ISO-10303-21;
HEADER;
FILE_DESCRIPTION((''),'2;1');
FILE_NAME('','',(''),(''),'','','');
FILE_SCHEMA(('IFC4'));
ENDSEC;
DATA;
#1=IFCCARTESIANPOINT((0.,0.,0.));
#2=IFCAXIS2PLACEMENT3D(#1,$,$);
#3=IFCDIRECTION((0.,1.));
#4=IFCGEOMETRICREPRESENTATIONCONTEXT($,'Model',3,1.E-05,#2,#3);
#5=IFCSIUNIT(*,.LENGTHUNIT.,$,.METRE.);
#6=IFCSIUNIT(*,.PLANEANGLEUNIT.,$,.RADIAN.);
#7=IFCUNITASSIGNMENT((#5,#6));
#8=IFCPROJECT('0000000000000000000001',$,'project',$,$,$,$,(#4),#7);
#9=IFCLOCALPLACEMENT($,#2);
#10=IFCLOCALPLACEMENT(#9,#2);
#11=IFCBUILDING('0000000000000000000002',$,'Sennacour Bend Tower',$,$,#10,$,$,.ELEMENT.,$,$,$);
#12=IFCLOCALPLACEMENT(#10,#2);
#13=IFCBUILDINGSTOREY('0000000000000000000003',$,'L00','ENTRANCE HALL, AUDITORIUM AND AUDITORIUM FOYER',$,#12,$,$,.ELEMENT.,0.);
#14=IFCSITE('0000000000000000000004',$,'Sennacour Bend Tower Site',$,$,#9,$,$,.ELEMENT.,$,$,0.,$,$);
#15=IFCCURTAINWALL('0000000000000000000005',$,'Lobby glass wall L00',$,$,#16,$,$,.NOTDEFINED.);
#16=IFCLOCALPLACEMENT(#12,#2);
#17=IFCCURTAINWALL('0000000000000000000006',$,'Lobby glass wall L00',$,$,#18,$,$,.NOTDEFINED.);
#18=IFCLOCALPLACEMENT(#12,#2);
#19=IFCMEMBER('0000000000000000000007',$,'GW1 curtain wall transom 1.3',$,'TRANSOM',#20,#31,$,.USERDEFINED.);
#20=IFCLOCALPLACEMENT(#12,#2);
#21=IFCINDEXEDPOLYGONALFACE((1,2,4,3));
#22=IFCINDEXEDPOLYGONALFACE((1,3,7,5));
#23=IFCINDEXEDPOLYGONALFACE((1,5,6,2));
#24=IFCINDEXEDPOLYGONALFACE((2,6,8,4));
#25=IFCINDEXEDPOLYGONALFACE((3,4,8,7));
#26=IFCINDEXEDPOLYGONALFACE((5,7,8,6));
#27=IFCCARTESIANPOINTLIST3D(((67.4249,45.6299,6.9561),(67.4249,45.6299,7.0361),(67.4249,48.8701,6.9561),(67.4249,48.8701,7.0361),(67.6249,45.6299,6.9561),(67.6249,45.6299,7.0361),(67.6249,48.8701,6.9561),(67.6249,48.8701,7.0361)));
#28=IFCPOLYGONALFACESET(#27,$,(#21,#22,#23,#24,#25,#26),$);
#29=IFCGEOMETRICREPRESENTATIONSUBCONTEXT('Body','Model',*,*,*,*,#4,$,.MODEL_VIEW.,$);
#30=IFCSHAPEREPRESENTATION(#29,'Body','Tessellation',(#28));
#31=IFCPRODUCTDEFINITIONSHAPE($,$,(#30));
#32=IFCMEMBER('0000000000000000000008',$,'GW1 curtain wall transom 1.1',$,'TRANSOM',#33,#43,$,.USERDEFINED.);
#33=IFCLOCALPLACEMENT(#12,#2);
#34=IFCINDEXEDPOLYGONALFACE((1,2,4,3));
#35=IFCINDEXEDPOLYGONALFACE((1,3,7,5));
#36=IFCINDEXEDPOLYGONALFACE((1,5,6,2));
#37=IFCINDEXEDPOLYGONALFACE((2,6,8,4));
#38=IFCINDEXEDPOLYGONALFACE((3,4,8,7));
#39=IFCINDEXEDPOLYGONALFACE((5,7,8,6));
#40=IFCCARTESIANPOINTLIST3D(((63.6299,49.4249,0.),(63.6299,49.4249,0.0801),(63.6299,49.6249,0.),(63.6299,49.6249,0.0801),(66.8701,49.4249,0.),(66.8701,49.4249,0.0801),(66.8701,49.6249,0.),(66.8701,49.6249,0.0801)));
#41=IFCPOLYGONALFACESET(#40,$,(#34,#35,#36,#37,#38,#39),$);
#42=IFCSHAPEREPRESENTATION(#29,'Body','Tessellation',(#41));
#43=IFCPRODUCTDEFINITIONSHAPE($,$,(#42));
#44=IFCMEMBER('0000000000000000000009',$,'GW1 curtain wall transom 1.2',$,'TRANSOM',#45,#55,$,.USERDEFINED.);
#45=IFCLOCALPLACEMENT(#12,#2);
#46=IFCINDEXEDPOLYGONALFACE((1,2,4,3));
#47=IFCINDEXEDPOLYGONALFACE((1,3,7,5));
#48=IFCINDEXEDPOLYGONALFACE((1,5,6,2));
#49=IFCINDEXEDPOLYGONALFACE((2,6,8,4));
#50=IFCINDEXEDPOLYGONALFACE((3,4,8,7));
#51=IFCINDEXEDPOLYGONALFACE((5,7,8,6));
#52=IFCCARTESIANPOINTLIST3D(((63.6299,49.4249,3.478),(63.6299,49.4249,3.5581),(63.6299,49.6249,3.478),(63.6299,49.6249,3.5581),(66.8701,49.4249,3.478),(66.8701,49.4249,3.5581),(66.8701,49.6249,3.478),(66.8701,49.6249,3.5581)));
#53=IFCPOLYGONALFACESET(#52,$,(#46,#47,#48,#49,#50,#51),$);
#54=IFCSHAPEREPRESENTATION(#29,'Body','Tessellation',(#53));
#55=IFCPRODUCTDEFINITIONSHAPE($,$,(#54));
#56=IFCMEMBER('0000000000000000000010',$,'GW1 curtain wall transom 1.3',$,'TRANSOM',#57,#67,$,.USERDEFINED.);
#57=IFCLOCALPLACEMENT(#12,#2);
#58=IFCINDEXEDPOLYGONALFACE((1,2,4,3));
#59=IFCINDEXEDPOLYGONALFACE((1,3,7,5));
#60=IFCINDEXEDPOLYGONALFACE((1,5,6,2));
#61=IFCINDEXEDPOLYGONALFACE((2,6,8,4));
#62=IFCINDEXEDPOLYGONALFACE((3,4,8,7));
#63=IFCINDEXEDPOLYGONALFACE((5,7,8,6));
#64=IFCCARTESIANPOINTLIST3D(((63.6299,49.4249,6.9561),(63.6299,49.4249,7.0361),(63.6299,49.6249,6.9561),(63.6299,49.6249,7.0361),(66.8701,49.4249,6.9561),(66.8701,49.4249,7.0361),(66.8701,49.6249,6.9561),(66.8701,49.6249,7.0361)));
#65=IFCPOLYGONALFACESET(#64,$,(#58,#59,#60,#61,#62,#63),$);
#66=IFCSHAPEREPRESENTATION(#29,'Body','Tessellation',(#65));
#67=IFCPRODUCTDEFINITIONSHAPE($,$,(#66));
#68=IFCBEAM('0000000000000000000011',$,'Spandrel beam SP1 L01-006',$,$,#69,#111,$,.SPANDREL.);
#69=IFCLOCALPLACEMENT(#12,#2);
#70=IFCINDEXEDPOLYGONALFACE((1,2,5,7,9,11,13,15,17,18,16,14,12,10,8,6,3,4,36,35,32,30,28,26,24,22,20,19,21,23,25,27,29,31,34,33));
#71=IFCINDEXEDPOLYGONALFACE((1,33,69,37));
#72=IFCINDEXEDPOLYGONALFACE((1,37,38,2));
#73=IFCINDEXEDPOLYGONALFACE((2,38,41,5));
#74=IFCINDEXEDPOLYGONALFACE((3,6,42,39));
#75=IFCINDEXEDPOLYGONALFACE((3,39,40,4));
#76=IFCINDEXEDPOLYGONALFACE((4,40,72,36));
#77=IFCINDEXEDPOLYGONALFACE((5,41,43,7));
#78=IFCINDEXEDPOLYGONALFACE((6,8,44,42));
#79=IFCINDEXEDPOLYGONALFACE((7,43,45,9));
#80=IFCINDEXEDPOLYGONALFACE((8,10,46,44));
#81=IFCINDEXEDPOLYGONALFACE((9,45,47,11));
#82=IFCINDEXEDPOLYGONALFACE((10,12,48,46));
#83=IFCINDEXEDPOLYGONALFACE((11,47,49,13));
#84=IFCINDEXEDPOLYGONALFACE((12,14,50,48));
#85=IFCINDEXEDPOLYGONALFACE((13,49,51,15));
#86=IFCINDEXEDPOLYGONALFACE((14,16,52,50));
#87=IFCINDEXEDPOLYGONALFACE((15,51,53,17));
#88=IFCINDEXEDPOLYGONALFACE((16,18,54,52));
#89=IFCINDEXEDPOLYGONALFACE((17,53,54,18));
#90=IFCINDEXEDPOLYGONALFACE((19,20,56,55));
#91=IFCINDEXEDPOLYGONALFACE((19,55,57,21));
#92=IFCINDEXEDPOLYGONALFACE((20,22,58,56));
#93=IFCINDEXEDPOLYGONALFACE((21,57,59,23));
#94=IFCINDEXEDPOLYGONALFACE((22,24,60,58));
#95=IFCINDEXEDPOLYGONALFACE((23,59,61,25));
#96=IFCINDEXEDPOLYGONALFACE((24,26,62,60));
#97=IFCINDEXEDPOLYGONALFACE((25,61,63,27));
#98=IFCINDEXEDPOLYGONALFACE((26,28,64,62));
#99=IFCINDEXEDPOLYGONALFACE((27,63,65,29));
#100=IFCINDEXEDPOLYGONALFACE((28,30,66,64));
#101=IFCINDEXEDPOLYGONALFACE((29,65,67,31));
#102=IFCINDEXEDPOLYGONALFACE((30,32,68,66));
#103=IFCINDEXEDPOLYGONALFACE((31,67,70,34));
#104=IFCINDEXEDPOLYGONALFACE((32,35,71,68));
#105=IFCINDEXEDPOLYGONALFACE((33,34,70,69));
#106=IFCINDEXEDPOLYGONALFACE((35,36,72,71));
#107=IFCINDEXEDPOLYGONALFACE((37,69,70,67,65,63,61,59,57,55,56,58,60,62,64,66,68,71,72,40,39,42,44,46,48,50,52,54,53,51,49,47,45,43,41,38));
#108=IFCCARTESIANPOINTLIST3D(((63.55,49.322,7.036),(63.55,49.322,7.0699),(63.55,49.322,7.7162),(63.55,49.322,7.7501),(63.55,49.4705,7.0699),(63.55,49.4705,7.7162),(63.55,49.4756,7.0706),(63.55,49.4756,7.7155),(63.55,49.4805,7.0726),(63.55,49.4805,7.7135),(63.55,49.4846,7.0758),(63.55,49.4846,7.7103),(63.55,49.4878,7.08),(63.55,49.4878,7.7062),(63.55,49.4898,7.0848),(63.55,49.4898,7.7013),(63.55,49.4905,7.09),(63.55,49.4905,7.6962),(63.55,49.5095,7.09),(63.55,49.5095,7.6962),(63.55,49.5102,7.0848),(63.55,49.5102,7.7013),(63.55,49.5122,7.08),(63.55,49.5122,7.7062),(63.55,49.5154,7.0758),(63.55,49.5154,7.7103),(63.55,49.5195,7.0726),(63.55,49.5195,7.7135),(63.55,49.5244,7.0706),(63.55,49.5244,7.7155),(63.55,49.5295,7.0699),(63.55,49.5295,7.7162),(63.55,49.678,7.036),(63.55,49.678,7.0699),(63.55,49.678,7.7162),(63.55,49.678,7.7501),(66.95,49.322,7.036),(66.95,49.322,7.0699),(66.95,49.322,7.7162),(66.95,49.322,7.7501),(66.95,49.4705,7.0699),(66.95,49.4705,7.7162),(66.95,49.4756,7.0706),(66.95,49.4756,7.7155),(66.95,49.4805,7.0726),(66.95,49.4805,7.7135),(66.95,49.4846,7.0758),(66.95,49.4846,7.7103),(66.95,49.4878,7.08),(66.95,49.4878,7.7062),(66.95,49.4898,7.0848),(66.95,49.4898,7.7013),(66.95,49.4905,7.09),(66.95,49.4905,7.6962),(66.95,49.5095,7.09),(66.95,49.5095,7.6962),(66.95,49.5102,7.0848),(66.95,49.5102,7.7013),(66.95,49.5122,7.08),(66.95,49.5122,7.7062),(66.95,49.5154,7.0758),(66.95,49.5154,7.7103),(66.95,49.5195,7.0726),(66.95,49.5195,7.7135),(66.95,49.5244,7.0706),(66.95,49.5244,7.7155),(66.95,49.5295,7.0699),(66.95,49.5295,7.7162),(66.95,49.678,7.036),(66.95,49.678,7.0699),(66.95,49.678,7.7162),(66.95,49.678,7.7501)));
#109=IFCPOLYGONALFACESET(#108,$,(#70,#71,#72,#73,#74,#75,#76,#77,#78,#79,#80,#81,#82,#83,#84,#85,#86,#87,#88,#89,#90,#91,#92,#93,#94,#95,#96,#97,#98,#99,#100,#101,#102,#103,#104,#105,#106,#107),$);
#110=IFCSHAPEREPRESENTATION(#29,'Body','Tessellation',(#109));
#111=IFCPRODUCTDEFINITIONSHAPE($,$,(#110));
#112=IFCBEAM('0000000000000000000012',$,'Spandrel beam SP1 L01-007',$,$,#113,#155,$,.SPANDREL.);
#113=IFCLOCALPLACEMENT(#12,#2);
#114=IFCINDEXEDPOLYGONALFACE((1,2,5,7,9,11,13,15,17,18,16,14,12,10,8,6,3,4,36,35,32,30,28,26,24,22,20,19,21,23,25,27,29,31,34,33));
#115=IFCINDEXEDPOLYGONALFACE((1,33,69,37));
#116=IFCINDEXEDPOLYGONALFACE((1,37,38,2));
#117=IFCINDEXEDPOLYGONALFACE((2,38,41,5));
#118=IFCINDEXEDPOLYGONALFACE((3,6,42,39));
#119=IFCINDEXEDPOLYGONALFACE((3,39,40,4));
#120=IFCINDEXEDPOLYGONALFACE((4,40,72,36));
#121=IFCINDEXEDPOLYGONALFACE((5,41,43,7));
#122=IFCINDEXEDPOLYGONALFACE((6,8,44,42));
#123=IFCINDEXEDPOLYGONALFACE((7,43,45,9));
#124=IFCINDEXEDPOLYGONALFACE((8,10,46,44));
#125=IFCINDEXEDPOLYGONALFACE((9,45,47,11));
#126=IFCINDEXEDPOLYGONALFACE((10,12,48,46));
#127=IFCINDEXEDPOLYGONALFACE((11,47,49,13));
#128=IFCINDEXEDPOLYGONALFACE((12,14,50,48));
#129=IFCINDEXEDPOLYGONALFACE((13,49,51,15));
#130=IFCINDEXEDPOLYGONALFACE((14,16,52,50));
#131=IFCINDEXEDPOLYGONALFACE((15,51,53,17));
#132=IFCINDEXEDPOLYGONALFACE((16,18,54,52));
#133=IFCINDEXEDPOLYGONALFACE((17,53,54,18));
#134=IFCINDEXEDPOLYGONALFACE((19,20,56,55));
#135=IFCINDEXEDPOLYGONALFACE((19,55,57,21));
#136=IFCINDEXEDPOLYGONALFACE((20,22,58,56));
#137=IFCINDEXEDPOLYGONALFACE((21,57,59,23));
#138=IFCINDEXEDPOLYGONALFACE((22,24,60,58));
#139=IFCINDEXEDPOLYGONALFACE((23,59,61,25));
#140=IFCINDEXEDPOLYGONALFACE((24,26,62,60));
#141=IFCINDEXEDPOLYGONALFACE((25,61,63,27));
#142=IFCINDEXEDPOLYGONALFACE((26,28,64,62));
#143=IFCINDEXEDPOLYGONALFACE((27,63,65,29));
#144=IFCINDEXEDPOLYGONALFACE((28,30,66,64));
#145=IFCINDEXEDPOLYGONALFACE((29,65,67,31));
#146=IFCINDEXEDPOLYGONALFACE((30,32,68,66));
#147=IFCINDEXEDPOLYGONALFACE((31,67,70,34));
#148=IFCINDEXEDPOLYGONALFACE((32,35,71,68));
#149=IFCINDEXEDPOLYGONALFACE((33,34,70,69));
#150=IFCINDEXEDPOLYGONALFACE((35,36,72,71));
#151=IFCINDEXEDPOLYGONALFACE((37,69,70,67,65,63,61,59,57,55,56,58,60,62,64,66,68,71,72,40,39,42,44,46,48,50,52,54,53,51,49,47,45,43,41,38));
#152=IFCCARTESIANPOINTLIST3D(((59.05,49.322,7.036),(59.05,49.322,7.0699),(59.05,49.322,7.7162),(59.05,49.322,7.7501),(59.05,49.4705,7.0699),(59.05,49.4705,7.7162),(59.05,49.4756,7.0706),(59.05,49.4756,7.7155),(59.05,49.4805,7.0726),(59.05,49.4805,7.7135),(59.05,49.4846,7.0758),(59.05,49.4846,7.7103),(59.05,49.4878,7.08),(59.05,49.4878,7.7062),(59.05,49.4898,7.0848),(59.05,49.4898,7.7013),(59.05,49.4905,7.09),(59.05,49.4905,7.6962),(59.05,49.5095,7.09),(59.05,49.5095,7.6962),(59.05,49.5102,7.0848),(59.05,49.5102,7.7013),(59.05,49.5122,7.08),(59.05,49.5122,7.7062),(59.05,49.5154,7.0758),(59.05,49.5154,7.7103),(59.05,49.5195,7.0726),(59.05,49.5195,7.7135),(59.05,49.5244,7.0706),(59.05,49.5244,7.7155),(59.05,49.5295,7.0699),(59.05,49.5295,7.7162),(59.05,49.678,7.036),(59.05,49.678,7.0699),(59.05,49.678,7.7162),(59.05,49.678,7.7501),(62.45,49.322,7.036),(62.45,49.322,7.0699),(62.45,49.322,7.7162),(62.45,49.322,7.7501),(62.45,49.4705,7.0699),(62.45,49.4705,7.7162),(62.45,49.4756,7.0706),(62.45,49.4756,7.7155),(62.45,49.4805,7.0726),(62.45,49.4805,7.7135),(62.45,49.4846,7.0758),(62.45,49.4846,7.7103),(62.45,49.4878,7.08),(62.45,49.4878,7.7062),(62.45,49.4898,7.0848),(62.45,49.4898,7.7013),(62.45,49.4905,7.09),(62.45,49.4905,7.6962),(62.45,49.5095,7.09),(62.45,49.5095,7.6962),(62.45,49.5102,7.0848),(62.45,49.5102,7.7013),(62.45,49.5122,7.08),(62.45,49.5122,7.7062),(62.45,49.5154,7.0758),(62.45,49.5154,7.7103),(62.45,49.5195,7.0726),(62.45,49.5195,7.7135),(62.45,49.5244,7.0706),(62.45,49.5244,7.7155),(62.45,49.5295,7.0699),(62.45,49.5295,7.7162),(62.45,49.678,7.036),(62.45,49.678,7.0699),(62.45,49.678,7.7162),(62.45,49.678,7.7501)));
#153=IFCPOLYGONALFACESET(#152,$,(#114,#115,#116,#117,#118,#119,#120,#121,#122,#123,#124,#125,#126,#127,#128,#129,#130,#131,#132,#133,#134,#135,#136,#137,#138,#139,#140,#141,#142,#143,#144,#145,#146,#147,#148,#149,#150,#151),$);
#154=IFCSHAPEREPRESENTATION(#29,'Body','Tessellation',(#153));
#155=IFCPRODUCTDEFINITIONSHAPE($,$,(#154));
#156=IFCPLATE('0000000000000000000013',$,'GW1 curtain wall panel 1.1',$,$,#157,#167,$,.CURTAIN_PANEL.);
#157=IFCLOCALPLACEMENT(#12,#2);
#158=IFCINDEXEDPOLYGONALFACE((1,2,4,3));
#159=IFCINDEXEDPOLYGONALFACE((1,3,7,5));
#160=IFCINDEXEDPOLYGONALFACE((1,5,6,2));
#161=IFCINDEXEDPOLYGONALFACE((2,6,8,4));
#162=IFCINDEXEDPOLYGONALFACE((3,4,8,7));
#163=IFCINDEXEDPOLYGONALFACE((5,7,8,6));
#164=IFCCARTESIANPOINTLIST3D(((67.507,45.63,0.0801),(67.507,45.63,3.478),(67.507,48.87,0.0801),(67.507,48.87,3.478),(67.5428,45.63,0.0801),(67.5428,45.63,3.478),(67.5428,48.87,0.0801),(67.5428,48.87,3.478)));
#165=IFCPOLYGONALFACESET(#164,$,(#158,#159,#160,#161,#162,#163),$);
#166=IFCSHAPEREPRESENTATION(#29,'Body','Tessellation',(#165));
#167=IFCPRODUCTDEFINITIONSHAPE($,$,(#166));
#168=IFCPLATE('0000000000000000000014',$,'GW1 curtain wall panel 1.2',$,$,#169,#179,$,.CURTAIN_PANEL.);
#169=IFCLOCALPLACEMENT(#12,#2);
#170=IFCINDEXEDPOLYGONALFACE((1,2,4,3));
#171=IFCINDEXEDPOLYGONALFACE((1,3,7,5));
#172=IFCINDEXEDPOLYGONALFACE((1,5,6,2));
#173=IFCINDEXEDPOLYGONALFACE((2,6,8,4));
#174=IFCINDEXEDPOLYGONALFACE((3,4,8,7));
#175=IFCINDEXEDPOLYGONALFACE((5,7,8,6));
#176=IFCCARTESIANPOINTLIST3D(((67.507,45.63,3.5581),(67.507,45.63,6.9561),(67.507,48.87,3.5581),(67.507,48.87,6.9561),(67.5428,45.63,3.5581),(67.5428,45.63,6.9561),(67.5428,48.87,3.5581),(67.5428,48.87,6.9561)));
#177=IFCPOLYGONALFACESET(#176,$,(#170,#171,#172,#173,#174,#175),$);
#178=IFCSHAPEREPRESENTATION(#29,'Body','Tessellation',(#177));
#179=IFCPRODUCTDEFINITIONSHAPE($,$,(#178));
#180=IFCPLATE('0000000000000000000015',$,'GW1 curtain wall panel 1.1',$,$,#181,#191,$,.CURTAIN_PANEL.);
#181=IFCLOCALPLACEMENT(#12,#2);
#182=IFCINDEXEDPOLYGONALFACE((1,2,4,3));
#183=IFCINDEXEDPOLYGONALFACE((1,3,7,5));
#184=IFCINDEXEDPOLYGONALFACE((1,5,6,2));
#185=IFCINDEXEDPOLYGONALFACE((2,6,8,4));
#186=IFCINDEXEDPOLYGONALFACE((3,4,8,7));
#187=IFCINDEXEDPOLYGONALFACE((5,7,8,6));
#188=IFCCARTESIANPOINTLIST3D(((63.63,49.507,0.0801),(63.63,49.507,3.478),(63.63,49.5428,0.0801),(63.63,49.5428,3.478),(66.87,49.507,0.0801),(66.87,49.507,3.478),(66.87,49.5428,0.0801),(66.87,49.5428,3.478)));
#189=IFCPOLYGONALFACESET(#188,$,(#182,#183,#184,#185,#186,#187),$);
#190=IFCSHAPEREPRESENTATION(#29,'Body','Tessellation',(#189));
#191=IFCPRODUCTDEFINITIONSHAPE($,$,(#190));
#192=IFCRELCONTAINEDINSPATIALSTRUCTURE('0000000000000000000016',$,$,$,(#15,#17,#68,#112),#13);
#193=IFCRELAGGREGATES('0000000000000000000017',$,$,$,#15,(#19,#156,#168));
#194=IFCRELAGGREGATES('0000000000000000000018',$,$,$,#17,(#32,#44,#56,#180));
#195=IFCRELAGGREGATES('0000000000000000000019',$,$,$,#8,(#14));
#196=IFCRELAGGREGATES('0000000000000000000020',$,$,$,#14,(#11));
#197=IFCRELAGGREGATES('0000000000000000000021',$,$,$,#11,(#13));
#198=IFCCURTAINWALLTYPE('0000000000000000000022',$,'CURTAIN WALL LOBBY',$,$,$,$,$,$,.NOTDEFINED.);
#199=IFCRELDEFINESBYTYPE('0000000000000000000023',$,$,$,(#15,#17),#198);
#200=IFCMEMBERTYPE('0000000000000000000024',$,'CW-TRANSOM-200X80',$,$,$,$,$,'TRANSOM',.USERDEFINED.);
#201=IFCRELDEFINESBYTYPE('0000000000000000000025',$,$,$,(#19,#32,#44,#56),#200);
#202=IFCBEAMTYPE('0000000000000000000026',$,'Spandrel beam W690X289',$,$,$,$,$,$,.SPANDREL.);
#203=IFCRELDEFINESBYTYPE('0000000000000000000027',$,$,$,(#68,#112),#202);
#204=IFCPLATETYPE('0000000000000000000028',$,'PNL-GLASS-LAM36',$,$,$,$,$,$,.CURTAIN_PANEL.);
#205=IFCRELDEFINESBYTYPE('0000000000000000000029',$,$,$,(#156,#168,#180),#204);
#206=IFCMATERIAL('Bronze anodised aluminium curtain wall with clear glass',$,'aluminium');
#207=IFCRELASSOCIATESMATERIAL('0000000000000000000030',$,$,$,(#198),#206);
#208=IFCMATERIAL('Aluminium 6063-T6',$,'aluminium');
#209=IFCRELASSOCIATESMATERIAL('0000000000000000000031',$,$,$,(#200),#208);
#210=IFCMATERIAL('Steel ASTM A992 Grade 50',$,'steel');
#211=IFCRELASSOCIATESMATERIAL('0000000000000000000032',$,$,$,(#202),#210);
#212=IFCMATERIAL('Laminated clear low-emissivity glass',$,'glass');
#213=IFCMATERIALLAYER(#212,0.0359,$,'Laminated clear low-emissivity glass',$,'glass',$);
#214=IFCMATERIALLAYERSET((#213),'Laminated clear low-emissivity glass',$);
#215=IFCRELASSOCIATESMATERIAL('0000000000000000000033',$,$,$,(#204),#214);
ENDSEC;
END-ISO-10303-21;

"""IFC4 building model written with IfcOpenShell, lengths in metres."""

from ifc_helpers import new_model, si_unit, direction, frame, origin, origin_2d, place, context, subcontext, project, spatial, rectangle, i_section, extrude, material, layer, layer_set, material_profile, profile_set, type_object, element, aggregate, save


model = new_model("IFC4")

# Units and contexts
model_context = context("Model", 3, precision=1e-05, world=origin(), true_north=direction((0.0, 1.0)))
body_context = subcontext(model_context, "Body", "Model", "MODEL_VIEW")
ifc_project = project(units=[si_unit("LENGTHUNIT", "METRE"), si_unit("PLANEANGLEUNIT", "RADIAN")], contexts=[model_context])

# Site, building, storey
site_placement = place(None, origin())
site = spatial("IfcSite", under=ifc_project, at=site_placement, Name="Sennacour Bend Tower Site", CompositionType="ELEMENT", RefElevation=0.0)
building_placement = place(site_placement, origin())
building = spatial("IfcBuilding", under=site, at=building_placement, Name="Sennacour Bend Tower", CompositionType="ELEMENT")
storey_placement = place(building_placement, origin())
storey = spatial("IfcBuildingStorey", under=building, at=storey_placement, Name="L00", Description="ENTRANCE HALL, AUDITORIUM AND AUDITORIUM FOYER", CompositionType="ELEMENT", Elevation=0.0)

# Curtain wall
ifc_material_1 = material(Name="Bronze anodised aluminium curtain wall with clear glass", Category="aluminium")
curtain_wall_type = type_object("IfcCurtainWallType", Name="CURTAIN WALL LOBBY", PredefinedType="NOTDEFINED", material=ifc_material_1)
curtain_wall_1_placement = place(storey_placement, origin())
curtain_wall_1 = element("IfcCurtainWall", 1, at=curtain_wall_1_placement, inside=storey, type_object=curtain_wall_type, Name="Lobby glass wall L00", PredefinedType="NOTDEFINED")
ifc_material_2 = material(Name="Aluminium 6063-T6", Category="aluminium")

# Curtain wall
curtain_wall_2_placement = place(storey_placement, origin())
curtain_wall_2 = element("IfcCurtainWall", 2, at=curtain_wall_2_placement, inside=storey, type_object=curtain_wall_type, Name="Lobby glass wall L00", PredefinedType="NOTDEFINED")

# Members
ifc_material_profile_1 = material_profile(ifc_material_2, rectangle(XDim=0.2, YDim=0.0801, at=origin_2d()), Name="Aluminium 6063-T6", Category="aluminium")
ifc_profile_set_1 = profile_set([ifc_material_profile_1], Name="Aluminium 6063-T6")
member_type_1 = type_object("IfcMemberType", Name="CW-TRANSOM-200X80", ElementType="TRANSOM", PredefinedType="USERDEFINED", material=ifc_profile_set_1)
member_1_placement = place(storey_placement, frame((67.5249, 45.6299, 6.9961), z_axis=(0.0, 1.0, 0.0), x_axis=(-1.0, 0.0, 0.0)))
member_1 = element("IfcMember", 3, at=member_1_placement, type_object=member_type_1, Name="GW1 curtain wall transom 1.3", ObjectType="TRANSOM", PredefinedType="USERDEFINED", context=body_context, shape_type="SweptSolid", body=[
    extrude(rectangle(XDim=0.2, YDim=0.0801, at=origin_2d()), origin(), (0.0, 0.0, 1.0), 3.2402),
])
member_2_placement = place(storey_placement, frame((66.8701, 49.5249, 0.04), z_axis=(-1.0, 0.0, 0.0), x_axis=(0.0, -1.0, 0.0)))
member_2 = element("IfcMember", 4, at=member_2_placement, type_object=member_type_1, Name="GW1 curtain wall transom 1.1", ObjectType="TRANSOM", PredefinedType="USERDEFINED", context=body_context, shape_type="SweptSolid", body=[
    extrude(rectangle(XDim=0.2, YDim=0.0801, at=origin_2d()), origin(), (0.0, 0.0, 1.0), 3.2402),
])
member_3_placement = place(storey_placement, frame((66.8701, 49.5249, 3.5181), z_axis=(-1.0, 0.0, 0.0), x_axis=(0.0, -1.0, 0.0)))
member_3 = element("IfcMember", 5, at=member_3_placement, type_object=member_type_1, Name="GW1 curtain wall transom 1.2", ObjectType="TRANSOM", PredefinedType="USERDEFINED", context=body_context, shape_type="SweptSolid", body=[
    extrude(rectangle(XDim=0.2, YDim=0.0801, at=origin_2d()), origin(), (0.0, 0.0, 1.0), 3.2402),
])
member_4_placement = place(storey_placement, frame((66.8701, 49.5249, 6.9961), z_axis=(-1.0, 0.0, 0.0), x_axis=(0.0, -1.0, 0.0)))
member_4 = element("IfcMember", 6, at=member_4_placement, type_object=member_type_1, Name="GW1 curtain wall transom 1.3", ObjectType="TRANSOM", PredefinedType="USERDEFINED", context=body_context, shape_type="SweptSolid", body=[
    extrude(rectangle(XDim=0.2, YDim=0.0801, at=origin_2d()), origin(), (0.0, 0.0, 1.0), 3.2402),
])

# Beams
ifc_material_3 = material(Name="Steel ASTM A992 Grade 50", Category="steel")
ifc_material_profile_2 = material_profile(ifc_material_3, i_section(OverallWidth=0.356, OverallDepth=0.7141, WebThickness=0.019, FlangeThickness=0.0339, FilletRadius=0.02, at=origin_2d()), Name="Steel ASTM A992 Grade 50", Category="steel")
ifc_profile_set_2 = profile_set([ifc_material_profile_2], Name="Steel ASTM A992 Grade 50")
beam_type = type_object("IfcBeamType", Name="Spandrel beam W690X289", PredefinedType="SPANDREL", material=ifc_profile_set_2)
for number, where, z_axis, x_axis, name in (
    (7, (66.95, 49.5, 7.3931), (-1.0, 0.0, 0.0), (0.0, -1.0, 0.0), "Spandrel beam SP1 L01-006"),
    (8, (62.45, 49.5, 7.3931), (-1.0, 0.0, 0.0), (0.0, -1.0, 0.0), "Spandrel beam SP1 L01-007"),
):
    element("IfcBeam", number, at=place(storey_placement, frame(where, z_axis=z_axis, x_axis=x_axis)), inside=storey, type_object=beam_type, Name=name, PredefinedType="SPANDREL", context=body_context, shape_type="SweptSolid", body=[
        extrude(i_section(OverallWidth=0.356, OverallDepth=0.7141, WebThickness=0.019, FlangeThickness=0.0339, FilletRadius=0.02, at=origin_2d()), origin(), (0.0, 0.0, 1.0), 3.3999),
    ])

# Plates
ifc_material_4 = material(Name="Laminated clear low-emissivity glass", Category="glass")
ifc_layer_1 = layer(ifc_material_4, 0.0359, Name="Laminated clear low-emissivity glass", Category="glass")
ifc_layer_set_1 = layer_set([ifc_layer_1], Name="Laminated clear low-emissivity glass")
plate_type = type_object("IfcPlateType", Name="PNL-GLASS-LAM36", PredefinedType="CURTAIN_PANEL", material=ifc_layer_set_1)
plate_1_placement = place(storey_placement, frame((67.5249, 47.25, 0.0801), z_axis=(0.0, 0.0, 1.0), x_axis=(0.0, 1.0, 0.0)))
plate_1 = element("IfcPlate", 9, at=plate_1_placement, type_object=plate_type, Name="GW1 curtain wall panel 1.1", PredefinedType="CURTAIN_PANEL", context=body_context, shape_type="SweptSolid", body=[
    extrude(rectangle(XDim=3.24, YDim=0.0359, at=origin_2d()), origin(), (0.0, 0.0, 1.0), 3.3979),
])
plate_2_placement = place(storey_placement, frame((67.5249, 47.25, 3.5581), z_axis=(0.0, 0.0, 1.0), x_axis=(0.0, 1.0, 0.0)))
plate_2 = element("IfcPlate", 10, at=plate_2_placement, type_object=plate_type, Name="GW1 curtain wall panel 1.2", PredefinedType="CURTAIN_PANEL", context=body_context, shape_type="SweptSolid", body=[
    extrude(rectangle(XDim=3.24, YDim=0.0359, at=origin_2d()), origin(), (0.0, 0.0, 1.0), 3.3979),
])
aggregate(curtain_wall_1, [member_1, plate_1, plate_2])
plate_3_placement = place(storey_placement, frame((65.25, 49.5249, 0.0801), z_axis=(0.0, 0.0, 1.0), x_axis=(-1.0, 0.0, 0.0)))
plate_3 = element("IfcPlate", 11, at=plate_3_placement, type_object=plate_type, Name="GW1 curtain wall panel 1.1", PredefinedType="CURTAIN_PANEL", context=body_context, shape_type="SweptSolid", body=[
    extrude(rectangle(XDim=3.24, YDim=0.0359, at=origin_2d()), origin(), (0.0, 0.0, 1.0), 3.3979),
])
aggregate(curtain_wall_2, [member_2, member_3, member_4, plate_3])

save(model, "model.ifc")
